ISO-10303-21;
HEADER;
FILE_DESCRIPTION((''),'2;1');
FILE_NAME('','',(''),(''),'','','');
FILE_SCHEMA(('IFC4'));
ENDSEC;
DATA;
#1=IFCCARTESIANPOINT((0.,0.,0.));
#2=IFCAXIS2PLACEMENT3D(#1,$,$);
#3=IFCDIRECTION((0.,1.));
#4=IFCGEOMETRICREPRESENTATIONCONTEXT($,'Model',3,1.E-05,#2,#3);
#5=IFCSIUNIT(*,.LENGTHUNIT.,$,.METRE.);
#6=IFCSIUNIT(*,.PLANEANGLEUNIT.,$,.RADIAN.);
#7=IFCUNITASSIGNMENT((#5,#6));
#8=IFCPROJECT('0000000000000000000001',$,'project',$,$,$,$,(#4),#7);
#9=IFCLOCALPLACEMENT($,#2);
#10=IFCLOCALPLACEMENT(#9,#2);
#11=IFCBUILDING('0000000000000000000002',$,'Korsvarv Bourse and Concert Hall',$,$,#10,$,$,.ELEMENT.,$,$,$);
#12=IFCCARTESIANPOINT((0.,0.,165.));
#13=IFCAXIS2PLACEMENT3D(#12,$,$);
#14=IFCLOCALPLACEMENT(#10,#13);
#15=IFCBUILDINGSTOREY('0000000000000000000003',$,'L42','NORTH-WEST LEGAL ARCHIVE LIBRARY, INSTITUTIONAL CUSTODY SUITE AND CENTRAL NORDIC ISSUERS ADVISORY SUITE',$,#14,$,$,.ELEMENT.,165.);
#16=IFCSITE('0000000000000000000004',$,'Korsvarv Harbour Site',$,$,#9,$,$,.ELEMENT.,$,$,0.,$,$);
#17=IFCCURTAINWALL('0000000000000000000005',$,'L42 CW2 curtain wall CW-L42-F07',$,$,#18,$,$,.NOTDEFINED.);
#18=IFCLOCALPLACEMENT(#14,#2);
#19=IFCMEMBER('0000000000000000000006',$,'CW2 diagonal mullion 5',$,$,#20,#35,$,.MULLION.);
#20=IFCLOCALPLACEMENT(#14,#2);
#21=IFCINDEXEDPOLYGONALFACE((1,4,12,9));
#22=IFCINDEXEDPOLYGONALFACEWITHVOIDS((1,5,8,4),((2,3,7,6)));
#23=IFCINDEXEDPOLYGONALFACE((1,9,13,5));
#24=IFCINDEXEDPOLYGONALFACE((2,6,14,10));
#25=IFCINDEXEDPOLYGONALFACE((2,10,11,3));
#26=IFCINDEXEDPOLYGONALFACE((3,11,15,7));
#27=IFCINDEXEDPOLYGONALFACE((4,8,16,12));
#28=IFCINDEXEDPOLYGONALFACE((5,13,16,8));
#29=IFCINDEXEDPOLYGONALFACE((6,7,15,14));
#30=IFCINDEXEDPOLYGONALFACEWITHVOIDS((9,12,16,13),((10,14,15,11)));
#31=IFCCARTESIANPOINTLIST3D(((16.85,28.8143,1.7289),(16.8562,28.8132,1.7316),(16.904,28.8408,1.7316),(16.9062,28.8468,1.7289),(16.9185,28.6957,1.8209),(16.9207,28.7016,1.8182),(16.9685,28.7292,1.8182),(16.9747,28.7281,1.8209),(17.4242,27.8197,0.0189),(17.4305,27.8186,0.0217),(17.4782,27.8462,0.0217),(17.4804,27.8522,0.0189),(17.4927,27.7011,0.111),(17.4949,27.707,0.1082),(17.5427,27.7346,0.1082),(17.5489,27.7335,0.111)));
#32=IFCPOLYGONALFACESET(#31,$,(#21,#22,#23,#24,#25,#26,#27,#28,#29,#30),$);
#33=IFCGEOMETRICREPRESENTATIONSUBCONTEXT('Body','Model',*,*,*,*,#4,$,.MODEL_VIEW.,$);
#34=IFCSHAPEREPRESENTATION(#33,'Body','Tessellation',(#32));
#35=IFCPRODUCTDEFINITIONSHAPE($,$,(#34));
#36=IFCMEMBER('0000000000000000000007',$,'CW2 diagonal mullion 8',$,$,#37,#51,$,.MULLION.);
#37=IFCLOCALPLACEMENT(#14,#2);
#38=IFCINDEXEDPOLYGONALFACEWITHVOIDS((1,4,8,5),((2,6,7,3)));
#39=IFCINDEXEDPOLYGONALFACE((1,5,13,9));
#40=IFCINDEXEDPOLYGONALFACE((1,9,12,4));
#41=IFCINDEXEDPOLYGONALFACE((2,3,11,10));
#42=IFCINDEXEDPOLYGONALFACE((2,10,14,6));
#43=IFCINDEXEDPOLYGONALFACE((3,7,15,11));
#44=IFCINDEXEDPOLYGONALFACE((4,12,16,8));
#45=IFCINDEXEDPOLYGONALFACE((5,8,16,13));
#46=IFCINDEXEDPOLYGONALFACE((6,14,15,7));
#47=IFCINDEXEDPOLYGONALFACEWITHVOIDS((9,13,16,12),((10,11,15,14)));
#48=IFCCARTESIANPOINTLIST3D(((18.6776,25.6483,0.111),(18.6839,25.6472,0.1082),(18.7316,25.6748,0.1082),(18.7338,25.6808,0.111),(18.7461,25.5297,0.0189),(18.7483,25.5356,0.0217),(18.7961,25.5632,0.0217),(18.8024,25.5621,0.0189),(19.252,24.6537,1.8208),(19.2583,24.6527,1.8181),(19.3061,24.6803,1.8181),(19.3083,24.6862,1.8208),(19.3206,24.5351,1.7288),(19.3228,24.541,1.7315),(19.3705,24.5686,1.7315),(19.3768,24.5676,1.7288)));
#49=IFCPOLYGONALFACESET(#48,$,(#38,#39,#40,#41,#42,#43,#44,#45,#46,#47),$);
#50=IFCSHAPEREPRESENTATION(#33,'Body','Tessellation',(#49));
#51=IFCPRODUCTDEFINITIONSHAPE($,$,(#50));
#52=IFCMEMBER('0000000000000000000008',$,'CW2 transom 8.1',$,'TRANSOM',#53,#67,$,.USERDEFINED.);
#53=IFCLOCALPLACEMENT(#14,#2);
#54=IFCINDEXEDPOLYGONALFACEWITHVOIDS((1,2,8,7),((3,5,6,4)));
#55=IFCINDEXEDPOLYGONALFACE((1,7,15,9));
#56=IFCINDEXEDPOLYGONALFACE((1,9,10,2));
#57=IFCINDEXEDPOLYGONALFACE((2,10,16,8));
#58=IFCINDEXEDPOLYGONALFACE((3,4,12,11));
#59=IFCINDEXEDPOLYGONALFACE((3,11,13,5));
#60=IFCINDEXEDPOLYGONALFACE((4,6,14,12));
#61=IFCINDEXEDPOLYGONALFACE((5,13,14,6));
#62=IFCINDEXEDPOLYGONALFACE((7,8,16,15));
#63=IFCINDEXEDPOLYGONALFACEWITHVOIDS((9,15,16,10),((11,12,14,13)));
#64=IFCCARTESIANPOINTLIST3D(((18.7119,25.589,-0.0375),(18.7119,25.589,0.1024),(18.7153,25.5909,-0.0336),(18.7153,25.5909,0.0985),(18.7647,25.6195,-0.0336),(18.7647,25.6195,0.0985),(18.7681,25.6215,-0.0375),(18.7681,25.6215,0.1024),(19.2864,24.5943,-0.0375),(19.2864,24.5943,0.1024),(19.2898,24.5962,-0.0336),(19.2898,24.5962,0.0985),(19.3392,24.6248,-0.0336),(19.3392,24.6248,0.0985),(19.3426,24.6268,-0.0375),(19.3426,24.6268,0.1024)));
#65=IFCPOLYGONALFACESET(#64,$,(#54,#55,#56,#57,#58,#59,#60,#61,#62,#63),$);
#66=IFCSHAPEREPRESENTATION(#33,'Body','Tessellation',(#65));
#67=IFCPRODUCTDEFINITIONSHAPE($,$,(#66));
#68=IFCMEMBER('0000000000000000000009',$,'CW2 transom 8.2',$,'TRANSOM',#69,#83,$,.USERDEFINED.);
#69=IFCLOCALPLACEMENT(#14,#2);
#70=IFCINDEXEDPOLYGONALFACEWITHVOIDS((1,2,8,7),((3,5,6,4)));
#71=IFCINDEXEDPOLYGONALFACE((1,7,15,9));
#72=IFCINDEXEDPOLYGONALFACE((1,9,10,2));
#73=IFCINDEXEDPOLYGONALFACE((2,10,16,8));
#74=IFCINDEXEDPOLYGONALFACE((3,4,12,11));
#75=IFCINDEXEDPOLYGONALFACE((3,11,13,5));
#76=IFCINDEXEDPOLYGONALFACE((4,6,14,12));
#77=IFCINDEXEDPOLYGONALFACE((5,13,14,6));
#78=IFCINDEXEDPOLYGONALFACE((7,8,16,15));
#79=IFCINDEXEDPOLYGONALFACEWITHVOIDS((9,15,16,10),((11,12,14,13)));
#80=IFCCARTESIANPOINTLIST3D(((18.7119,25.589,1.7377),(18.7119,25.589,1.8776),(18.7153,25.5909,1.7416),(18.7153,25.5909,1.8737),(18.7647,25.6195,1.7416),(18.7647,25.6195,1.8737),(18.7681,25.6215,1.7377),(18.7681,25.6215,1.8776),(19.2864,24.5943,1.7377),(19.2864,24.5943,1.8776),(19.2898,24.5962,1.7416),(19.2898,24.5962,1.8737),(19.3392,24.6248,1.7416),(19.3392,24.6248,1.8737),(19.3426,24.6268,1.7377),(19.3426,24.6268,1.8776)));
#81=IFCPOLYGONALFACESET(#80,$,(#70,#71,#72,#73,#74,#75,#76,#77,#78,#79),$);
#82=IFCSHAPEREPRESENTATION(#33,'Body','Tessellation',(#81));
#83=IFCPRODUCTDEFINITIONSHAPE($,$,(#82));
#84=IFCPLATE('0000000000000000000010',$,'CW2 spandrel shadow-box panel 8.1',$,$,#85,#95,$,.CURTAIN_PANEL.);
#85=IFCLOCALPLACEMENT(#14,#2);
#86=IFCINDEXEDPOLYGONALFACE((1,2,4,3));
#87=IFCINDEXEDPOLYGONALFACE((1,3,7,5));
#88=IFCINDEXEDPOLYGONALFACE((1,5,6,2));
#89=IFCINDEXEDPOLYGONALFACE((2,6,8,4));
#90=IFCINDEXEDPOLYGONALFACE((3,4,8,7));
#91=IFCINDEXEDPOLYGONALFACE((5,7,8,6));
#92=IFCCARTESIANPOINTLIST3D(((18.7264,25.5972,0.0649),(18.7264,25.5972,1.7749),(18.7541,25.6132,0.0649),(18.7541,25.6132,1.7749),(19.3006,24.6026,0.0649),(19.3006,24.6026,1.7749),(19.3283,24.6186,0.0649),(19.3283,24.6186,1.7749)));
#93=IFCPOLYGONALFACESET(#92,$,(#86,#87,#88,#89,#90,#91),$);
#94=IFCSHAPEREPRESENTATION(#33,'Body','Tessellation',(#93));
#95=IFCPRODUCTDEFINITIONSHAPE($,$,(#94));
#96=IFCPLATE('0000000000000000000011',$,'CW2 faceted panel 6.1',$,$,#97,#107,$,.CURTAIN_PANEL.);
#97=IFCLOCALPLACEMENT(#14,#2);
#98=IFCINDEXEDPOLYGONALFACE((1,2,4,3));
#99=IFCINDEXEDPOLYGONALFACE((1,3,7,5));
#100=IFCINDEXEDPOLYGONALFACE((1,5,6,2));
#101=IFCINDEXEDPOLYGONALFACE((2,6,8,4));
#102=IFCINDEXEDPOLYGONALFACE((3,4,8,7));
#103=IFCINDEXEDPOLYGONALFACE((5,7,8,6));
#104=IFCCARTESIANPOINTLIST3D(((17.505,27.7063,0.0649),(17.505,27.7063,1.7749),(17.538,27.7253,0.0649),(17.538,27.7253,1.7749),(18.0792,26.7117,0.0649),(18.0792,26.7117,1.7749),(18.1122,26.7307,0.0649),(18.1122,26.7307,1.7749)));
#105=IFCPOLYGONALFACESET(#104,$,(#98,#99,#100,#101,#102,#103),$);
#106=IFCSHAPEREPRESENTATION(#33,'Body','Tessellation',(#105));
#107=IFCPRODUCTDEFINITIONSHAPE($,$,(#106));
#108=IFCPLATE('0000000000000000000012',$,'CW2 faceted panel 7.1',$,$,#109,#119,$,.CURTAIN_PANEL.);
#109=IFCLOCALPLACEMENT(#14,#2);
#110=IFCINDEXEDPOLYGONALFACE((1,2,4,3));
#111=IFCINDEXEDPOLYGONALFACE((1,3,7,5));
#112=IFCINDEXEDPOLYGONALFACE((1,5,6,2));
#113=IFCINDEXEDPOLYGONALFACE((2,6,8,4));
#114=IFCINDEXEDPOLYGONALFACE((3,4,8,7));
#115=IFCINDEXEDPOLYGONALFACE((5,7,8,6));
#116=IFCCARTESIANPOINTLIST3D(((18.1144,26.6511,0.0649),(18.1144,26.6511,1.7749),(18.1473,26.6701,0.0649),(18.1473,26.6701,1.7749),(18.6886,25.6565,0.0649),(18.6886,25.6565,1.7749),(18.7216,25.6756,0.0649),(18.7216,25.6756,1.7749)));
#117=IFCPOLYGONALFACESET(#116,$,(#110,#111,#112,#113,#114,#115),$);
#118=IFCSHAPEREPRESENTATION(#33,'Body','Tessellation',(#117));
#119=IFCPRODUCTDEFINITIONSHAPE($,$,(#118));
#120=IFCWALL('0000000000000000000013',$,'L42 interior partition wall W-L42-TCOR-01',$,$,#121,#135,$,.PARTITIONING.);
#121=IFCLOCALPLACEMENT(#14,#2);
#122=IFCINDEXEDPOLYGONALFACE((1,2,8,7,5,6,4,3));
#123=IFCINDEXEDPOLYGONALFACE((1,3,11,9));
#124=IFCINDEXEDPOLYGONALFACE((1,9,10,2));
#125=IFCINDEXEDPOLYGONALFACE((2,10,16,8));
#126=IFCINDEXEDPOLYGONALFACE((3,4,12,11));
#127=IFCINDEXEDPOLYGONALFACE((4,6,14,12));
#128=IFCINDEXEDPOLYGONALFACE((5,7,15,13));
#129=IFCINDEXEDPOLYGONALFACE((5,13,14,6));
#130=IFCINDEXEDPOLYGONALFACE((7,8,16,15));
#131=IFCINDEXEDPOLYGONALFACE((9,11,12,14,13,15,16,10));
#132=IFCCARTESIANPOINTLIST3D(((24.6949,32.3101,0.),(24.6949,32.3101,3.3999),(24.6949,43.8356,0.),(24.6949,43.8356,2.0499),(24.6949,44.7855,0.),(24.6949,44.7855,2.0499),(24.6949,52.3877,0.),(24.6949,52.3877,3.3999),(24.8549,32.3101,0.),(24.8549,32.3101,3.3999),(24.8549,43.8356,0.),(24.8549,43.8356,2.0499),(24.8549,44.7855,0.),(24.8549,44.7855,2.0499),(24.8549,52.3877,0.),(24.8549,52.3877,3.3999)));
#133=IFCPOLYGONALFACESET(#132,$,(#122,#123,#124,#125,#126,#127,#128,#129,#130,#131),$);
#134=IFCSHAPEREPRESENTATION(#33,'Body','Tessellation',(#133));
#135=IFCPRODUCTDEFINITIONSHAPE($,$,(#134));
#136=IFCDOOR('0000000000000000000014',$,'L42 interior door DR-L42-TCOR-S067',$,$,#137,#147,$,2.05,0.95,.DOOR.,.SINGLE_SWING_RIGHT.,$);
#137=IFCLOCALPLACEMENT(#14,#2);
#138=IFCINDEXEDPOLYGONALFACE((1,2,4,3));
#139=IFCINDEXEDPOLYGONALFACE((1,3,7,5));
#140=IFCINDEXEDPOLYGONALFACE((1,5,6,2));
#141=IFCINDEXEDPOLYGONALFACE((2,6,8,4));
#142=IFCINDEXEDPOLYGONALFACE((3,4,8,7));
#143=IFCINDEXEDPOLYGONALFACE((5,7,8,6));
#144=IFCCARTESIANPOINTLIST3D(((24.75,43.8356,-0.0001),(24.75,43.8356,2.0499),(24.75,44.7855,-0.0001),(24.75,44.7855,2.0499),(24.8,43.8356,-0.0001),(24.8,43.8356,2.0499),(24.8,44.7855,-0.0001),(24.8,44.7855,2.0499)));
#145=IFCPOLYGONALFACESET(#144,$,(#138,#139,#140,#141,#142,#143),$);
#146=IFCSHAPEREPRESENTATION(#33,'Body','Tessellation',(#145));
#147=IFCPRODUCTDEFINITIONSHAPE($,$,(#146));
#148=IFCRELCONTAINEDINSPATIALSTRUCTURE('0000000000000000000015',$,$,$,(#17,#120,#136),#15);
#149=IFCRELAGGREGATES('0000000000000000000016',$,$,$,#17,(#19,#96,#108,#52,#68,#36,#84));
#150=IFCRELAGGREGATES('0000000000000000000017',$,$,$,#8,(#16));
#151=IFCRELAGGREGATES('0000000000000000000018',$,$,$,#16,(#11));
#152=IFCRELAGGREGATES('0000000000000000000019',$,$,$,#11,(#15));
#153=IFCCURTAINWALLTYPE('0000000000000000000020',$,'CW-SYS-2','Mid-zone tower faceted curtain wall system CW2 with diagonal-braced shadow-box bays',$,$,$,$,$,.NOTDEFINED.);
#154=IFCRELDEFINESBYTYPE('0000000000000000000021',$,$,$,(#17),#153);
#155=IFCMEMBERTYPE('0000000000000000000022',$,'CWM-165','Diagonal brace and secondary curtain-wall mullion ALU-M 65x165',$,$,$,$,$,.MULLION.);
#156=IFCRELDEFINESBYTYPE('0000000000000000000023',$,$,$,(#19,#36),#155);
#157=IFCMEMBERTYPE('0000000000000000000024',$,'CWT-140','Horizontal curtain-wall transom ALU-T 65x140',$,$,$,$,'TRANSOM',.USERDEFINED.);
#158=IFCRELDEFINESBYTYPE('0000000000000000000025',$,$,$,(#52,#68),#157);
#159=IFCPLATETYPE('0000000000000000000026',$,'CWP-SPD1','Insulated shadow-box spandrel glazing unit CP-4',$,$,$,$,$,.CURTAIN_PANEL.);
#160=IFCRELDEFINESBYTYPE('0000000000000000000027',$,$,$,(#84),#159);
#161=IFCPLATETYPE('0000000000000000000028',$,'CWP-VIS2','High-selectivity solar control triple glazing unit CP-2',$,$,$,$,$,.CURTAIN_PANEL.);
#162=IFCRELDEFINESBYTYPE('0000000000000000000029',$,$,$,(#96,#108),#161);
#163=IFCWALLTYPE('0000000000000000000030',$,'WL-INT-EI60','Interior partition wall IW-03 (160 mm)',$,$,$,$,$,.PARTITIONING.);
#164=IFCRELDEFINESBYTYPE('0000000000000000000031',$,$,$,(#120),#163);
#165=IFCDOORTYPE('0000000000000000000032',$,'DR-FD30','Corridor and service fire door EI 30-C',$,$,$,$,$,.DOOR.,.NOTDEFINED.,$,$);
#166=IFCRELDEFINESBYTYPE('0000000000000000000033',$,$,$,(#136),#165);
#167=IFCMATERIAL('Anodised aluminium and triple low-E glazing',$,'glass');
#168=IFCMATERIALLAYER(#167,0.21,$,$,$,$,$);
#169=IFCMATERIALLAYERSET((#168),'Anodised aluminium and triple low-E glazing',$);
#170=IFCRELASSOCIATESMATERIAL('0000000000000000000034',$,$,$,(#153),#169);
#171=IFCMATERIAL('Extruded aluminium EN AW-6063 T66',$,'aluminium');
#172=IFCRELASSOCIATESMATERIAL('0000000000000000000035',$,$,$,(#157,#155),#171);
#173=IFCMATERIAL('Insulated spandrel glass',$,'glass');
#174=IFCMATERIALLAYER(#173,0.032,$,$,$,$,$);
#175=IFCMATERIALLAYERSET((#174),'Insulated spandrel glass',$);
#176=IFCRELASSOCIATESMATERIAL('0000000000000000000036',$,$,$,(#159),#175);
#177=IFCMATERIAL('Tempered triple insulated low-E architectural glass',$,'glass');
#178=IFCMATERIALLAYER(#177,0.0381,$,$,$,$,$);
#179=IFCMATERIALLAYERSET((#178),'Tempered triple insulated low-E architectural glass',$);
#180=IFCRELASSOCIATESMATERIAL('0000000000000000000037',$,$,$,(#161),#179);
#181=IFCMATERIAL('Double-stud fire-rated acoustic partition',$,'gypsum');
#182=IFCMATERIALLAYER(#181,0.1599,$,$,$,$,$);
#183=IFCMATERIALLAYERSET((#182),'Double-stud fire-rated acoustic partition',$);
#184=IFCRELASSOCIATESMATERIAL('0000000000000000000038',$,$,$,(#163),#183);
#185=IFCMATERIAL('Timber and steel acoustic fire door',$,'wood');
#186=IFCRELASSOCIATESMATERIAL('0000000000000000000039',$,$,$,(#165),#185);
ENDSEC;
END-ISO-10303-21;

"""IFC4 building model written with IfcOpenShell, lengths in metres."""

from ifc_helpers import new_model, si_unit, direction, frame, frame_2d, origin, origin_2d, place, context, subcontext, project, spatial, rectangle, hollow_rectangle, extrude, source, transform, mapped, material, layer, layer_set, material_profile, profile_set, type_object, element, fill, aggregate, save


model = new_model("IFC4")

# Units and contexts
model_context = context("Model", 3, precision=1e-05, world=origin(), true_north=direction((0.0, 1.0)))
body_context = subcontext(model_context, "Body", "Model", "MODEL_VIEW")
ifc_project = project(units=[si_unit("LENGTHUNIT", "METRE"), si_unit("PLANEANGLEUNIT", "RADIAN")], contexts=[model_context])

# Site, building, storey
site_placement = place(None, origin())
site = spatial("IfcSite", under=ifc_project, at=site_placement, Name="Korsvarv Harbour Site", CompositionType="ELEMENT", RefElevation=0.0)
building_placement = place(site_placement, origin())
building = spatial("IfcBuilding", under=site, at=building_placement, Name="Korsvarv Bourse and Concert Hall", CompositionType="ELEMENT")
storey_placement = place(building_placement, frame((0.0, 0.0, 165.0)))
storey = spatial("IfcBuildingStorey", under=building, at=storey_placement, Name="L42", Description="NORTH-WEST LEGAL ARCHIVE LIBRARY, INSTITUTIONAL CUSTODY SUITE AND CENTRAL NORDIC ISSUERS ADVISORY SUITE", CompositionType="ELEMENT", Elevation=165.0)

# Curtain wall, members, plates
ifc_material_1 = material(Name="Anodised aluminium and triple low-E glazing", Category="glass")
ifc_layer_1 = layer(ifc_material_1, 0.21)
ifc_layer_set_1 = layer_set([ifc_layer_1], Name="Anodised aluminium and triple low-E glazing")
curtain_wall_type = type_object("IfcCurtainWallType", Name="CW-SYS-2", Description="Mid-zone tower faceted curtain wall system CW2 with diagonal-braced shadow-box bays", PredefinedType="NOTDEFINED", material=ifc_layer_set_1)
curtain_wall_placement = place(storey_placement, origin())
curtain_wall = element("IfcCurtainWall", 1, at=curtain_wall_placement, inside=storey, type_object=curtain_wall_type, Name="L42 CW2 curtain wall CW-L42-F07", PredefinedType="NOTDEFINED")
ifc_material_2 = material(Name="Extruded aluminium EN AW-6063 T66", Category="aluminium")
ifc_material_profile_1 = material_profile(ifc_material_2, hollow_rectangle(XDim=0.0649, YDim=0.1399, WallThickness=0.0039, at=origin_2d()), Name="ALU-T 65x140")
ifc_profile_set_1 = profile_set([ifc_material_profile_1], Name="Extruded aluminium EN AW-6063 T66")
member_type_1 = type_object("IfcMemberType", Name="CWT-140", Description="Horizontal curtain-wall transom ALU-T 65x140", ElementType="TRANSOM", PredefinedType="USERDEFINED", material=ifc_profile_set_1)
ifc_material_profile_2 = material_profile(ifc_material_2, hollow_rectangle(XDim=0.0649, YDim=0.165, WallThickness=0.0049, at=origin_2d()), Name="ALU-M 65x165")
ifc_profile_set_2 = profile_set([ifc_material_profile_2], Name="Extruded aluminium EN AW-6063 T66")
member_type_2 = type_object("IfcMemberType", Name="CWM-165", Description="Diagonal brace and secondary curtain-wall mullion ALU-M 65x165", PredefinedType="MULLION", material=ifc_profile_set_2)
shared_shape_1 = source(origin(), body_context, "Body", "SweptSolid", [
    extrude(hollow_rectangle(XDim=0.0649, YDim=0.165, WallThickness=0.0049, at=origin_2d()), origin(), (0.0, 0.0, 1.0), 2.0598),
])
member_1_placement = place(storey_placement, frame((17.4866, 27.7766, 0.0649), z_axis=(-0.278767, 0.482865, 0.830139), x_axis=(-0.866037, -0.49998, 0.0)))
member_1 = element("IfcMember", 2, at=member_1_placement, type_object=member_type_2, Name="CW2 diagonal mullion 5", PredefinedType="MULLION", context=body_context, shape_type="MappedRepresentation", body=[
    mapped(shared_shape_1, transform((0.0, 0.0, 0.0), scale=1.0)),
])
member_2_placement = place(storey_placement, frame((18.74, 25.6052, 0.0649), z_axis=(0.278877, -0.482849, 0.830111), x_axis=(0.865945, 0.500139, 0.0)))
member_2 = element("IfcMember", 3, at=member_2_placement, type_object=member_type_2, Name="CW2 diagonal mullion 8", PredefinedType="MULLION", context=body_context, shape_type="MappedRepresentation", body=[
    mapped(shared_shape_1, transform((0.0, 0.0, 0.0), scale=1.0)),
])
shared_shape_2 = source(origin(), body_context, "Body", "SweptSolid", [
    extrude(hollow_rectangle(XDim=0.0649, YDim=0.1399, WallThickness=0.0039, at=origin_2d()), origin(), (0.0, 0.0, 1.0), 1.1487),
])
member_3_placement = place(storey_placement, frame((18.74, 25.6052, 0.0325), z_axis=(0.500139, -0.865945, 0.0), x_axis=(0.865945, 0.500139, 0.0)))
member_3 = element("IfcMember", 4, at=member_3_placement, type_object=member_type_1, Name="CW2 transom 8.1", ObjectType="TRANSOM", PredefinedType="USERDEFINED", context=body_context, shape_type="MappedRepresentation", body=[
    mapped(shared_shape_2, transform((0.0, 0.0, 0.0), scale=1.0)),
])
member_4_placement = place(storey_placement, frame((18.74, 25.6052, 1.8076), z_axis=(0.500139, -0.865945, 0.0), x_axis=(0.865945, 0.500139, 0.0)))
member_4 = element("IfcMember", 5, at=member_4_placement, type_object=member_type_1, Name="CW2 transom 8.2", ObjectType="TRANSOM", PredefinedType="USERDEFINED", context=body_context, shape_type="MappedRepresentation", body=[
    mapped(shared_shape_2, transform((0.0, 0.0, 0.0), scale=1.0)),
])
ifc_material_3 = material(Name="Insulated spandrel glass", Category="glass")
ifc_layer_2 = layer(ifc_material_3, 0.032)
ifc_layer_set_2 = layer_set([ifc_layer_2], Name="Insulated spandrel glass")
plate_type_1 = type_object("IfcPlateType", Name="CWP-SPD1", Description="Insulated shadow-box spandrel glazing unit CP-4", PredefinedType="CURTAIN_PANEL", material=ifc_layer_set_2)
shared_shape_3 = source(origin(), body_context, "Body", "SweptSolid", [
    extrude(rectangle(XDim=1.1484, YDim=0.032, at=origin_2d()), origin(), (0.0, 0.0, 1.0), 1.71),
])
plate_1_placement = place(storey_placement, frame((19.0273, 25.1079, 0.0649), z_axis=(0.0, 0.0, 1.0), x_axis=(0.500002, -0.866024, 0.0)))
plate_1 = element("IfcPlate", 6, at=plate_1_placement, type_object=plate_type_1, Name="CW2 spandrel shadow-box panel 8.1", PredefinedType="CURTAIN_PANEL", context=body_context, shape_type="MappedRepresentation", body=[
    mapped(shared_shape_3, transform((0.0, 0.0, 0.0), scale=1.0)),
])
ifc_material_4 = material(Name="Tempered triple insulated low-E architectural glass", Category="glass")
ifc_layer_3 = layer(ifc_material_4, 0.0381)
ifc_layer_set_3 = layer_set([ifc_layer_3], Name="Tempered triple insulated low-E architectural glass")
plate_type_2 = type_object("IfcPlateType", Name="CWP-VIS2", Description="High-selectivity solar control triple glazing unit CP-2", PredefinedType="CURTAIN_PANEL", material=ifc_layer_set_3)
shared_shape_4 = source(origin(), body_context, "Body", "SweptSolid", [
    extrude(rectangle(XDim=1.1484, YDim=0.0381, at=origin_2d()), origin(), (0.0, 0.0, 1.0), 1.71),
])
plate_2_placement = place(storey_placement, frame((17.8086, 27.2185, 0.0649), z_axis=(0.0, 0.0, 1.0), x_axis=(0.500002, -0.866024, 0.0)))
plate_2 = element("IfcPlate", 7, at=plate_2_placement, type_object=plate_type_2, Name="CW2 faceted panel 6.1", PredefinedType="CURTAIN_PANEL", context=body_context, shape_type="MappedRepresentation", body=[
    mapped(shared_shape_4, transform((0.0, 0.0, 0.0), scale=1.0)),
])
plate_3_placement = place(storey_placement, frame((18.418, 26.1633, 0.0649), z_axis=(0.0, 0.0, 1.0), x_axis=(0.500002, -0.866024, 0.0)))
plate_3 = element("IfcPlate", 8, at=plate_3_placement, type_object=plate_type_2, Name="CW2 faceted panel 7.1", PredefinedType="CURTAIN_PANEL", context=body_context, shape_type="MappedRepresentation", body=[
    mapped(shared_shape_4, transform((0.0, 0.0, 0.0), scale=1.0)),
])
aggregate(curtain_wall, [member_1, plate_2, plate_3, member_3, member_4, member_2, plate_1])

# Wall, opening, door
ifc_material_5 = material(Name="Double-stud fire-rated acoustic partition", Category="gypsum")
ifc_layer_4 = layer(ifc_material_5, 0.1599)
ifc_layer_set_4 = layer_set([ifc_layer_4], Name="Double-stud fire-rated acoustic partition")
wall_type_1 = type_object("IfcWallType", Name="WL-INT-EI60", Description="Interior partition wall IW-03 (160 mm)", PredefinedType="PARTITIONING", material=ifc_layer_set_4)
wall_1_placement = place(storey_placement, frame((24.7749, 32.3101, 0.0), z_axis=(0.0, 0.0, 1.0), x_axis=(0.0, 1.0, 0.0)))
wall_1 = element("IfcWall", 9, at=wall_1_placement, inside=storey, type_object=wall_type_1, Name="L42 interior partition wall W-L42-TCOR-01", PredefinedType="PARTITIONING", context=body_context, shape_type="SweptSolid", body=[
    extrude(rectangle(XDim=20.0776, YDim=0.1599, at=frame_2d((10.0388, 0.0))), origin(), (0.0, 0.0, 1.0), 3.3999),
])
opening_1_placement = place(wall_1_placement, frame((11.5254, 0.0, 0.0)))
opening_1 = element("IfcOpeningElement", 10, at=opening_1_placement, cuts=wall_1, PredefinedType="OPENING", context=body_context, shape_type="SweptSolid", body=[
    extrude(rectangle(XDim=0.95, YDim=2.05, at=frame_2d((0.4751, 1.0249))), frame((0.0, 0.0898, 0.0), z_axis=(0.0, -1.0, 0.0), x_axis=(1.0, 0.0, 0.0)), (0.0, 0.0, 1.0), 0.1799),
])
ifc_material_6 = material(Name="Timber and steel acoustic fire door", Category="wood")
door_type = type_object("IfcDoorType", Name="DR-FD30", Description="Corridor and service fire door EI 30-C", OperationType="NOTDEFINED", PredefinedType="DOOR", material=ifc_material_6)
door_1_placement = place(opening_1_placement, origin())
door_1 = element("IfcDoor", 11, at=door_1_placement, inside=storey, type_object=door_type, Name="L42 interior door DR-L42-TCOR-S067", OperationType="SINGLE_SWING_RIGHT", OverallHeight=2.05, OverallWidth=0.95, PredefinedType="DOOR", context=body_context, shape_type="SweptSolid", body=[
    extrude(rectangle(XDim=0.95, YDim=2.05, at=frame_2d((0.4751, 1.0249))), frame((0.0, 0.0249, 0.0), z_axis=(0.0, -1.0, 0.0), x_axis=(1.0, 0.0, 0.0)), (0.0, 0.0, 1.0), 0.05),
])
fill(opening_1, door_1)

save(model, "model.ifc")
